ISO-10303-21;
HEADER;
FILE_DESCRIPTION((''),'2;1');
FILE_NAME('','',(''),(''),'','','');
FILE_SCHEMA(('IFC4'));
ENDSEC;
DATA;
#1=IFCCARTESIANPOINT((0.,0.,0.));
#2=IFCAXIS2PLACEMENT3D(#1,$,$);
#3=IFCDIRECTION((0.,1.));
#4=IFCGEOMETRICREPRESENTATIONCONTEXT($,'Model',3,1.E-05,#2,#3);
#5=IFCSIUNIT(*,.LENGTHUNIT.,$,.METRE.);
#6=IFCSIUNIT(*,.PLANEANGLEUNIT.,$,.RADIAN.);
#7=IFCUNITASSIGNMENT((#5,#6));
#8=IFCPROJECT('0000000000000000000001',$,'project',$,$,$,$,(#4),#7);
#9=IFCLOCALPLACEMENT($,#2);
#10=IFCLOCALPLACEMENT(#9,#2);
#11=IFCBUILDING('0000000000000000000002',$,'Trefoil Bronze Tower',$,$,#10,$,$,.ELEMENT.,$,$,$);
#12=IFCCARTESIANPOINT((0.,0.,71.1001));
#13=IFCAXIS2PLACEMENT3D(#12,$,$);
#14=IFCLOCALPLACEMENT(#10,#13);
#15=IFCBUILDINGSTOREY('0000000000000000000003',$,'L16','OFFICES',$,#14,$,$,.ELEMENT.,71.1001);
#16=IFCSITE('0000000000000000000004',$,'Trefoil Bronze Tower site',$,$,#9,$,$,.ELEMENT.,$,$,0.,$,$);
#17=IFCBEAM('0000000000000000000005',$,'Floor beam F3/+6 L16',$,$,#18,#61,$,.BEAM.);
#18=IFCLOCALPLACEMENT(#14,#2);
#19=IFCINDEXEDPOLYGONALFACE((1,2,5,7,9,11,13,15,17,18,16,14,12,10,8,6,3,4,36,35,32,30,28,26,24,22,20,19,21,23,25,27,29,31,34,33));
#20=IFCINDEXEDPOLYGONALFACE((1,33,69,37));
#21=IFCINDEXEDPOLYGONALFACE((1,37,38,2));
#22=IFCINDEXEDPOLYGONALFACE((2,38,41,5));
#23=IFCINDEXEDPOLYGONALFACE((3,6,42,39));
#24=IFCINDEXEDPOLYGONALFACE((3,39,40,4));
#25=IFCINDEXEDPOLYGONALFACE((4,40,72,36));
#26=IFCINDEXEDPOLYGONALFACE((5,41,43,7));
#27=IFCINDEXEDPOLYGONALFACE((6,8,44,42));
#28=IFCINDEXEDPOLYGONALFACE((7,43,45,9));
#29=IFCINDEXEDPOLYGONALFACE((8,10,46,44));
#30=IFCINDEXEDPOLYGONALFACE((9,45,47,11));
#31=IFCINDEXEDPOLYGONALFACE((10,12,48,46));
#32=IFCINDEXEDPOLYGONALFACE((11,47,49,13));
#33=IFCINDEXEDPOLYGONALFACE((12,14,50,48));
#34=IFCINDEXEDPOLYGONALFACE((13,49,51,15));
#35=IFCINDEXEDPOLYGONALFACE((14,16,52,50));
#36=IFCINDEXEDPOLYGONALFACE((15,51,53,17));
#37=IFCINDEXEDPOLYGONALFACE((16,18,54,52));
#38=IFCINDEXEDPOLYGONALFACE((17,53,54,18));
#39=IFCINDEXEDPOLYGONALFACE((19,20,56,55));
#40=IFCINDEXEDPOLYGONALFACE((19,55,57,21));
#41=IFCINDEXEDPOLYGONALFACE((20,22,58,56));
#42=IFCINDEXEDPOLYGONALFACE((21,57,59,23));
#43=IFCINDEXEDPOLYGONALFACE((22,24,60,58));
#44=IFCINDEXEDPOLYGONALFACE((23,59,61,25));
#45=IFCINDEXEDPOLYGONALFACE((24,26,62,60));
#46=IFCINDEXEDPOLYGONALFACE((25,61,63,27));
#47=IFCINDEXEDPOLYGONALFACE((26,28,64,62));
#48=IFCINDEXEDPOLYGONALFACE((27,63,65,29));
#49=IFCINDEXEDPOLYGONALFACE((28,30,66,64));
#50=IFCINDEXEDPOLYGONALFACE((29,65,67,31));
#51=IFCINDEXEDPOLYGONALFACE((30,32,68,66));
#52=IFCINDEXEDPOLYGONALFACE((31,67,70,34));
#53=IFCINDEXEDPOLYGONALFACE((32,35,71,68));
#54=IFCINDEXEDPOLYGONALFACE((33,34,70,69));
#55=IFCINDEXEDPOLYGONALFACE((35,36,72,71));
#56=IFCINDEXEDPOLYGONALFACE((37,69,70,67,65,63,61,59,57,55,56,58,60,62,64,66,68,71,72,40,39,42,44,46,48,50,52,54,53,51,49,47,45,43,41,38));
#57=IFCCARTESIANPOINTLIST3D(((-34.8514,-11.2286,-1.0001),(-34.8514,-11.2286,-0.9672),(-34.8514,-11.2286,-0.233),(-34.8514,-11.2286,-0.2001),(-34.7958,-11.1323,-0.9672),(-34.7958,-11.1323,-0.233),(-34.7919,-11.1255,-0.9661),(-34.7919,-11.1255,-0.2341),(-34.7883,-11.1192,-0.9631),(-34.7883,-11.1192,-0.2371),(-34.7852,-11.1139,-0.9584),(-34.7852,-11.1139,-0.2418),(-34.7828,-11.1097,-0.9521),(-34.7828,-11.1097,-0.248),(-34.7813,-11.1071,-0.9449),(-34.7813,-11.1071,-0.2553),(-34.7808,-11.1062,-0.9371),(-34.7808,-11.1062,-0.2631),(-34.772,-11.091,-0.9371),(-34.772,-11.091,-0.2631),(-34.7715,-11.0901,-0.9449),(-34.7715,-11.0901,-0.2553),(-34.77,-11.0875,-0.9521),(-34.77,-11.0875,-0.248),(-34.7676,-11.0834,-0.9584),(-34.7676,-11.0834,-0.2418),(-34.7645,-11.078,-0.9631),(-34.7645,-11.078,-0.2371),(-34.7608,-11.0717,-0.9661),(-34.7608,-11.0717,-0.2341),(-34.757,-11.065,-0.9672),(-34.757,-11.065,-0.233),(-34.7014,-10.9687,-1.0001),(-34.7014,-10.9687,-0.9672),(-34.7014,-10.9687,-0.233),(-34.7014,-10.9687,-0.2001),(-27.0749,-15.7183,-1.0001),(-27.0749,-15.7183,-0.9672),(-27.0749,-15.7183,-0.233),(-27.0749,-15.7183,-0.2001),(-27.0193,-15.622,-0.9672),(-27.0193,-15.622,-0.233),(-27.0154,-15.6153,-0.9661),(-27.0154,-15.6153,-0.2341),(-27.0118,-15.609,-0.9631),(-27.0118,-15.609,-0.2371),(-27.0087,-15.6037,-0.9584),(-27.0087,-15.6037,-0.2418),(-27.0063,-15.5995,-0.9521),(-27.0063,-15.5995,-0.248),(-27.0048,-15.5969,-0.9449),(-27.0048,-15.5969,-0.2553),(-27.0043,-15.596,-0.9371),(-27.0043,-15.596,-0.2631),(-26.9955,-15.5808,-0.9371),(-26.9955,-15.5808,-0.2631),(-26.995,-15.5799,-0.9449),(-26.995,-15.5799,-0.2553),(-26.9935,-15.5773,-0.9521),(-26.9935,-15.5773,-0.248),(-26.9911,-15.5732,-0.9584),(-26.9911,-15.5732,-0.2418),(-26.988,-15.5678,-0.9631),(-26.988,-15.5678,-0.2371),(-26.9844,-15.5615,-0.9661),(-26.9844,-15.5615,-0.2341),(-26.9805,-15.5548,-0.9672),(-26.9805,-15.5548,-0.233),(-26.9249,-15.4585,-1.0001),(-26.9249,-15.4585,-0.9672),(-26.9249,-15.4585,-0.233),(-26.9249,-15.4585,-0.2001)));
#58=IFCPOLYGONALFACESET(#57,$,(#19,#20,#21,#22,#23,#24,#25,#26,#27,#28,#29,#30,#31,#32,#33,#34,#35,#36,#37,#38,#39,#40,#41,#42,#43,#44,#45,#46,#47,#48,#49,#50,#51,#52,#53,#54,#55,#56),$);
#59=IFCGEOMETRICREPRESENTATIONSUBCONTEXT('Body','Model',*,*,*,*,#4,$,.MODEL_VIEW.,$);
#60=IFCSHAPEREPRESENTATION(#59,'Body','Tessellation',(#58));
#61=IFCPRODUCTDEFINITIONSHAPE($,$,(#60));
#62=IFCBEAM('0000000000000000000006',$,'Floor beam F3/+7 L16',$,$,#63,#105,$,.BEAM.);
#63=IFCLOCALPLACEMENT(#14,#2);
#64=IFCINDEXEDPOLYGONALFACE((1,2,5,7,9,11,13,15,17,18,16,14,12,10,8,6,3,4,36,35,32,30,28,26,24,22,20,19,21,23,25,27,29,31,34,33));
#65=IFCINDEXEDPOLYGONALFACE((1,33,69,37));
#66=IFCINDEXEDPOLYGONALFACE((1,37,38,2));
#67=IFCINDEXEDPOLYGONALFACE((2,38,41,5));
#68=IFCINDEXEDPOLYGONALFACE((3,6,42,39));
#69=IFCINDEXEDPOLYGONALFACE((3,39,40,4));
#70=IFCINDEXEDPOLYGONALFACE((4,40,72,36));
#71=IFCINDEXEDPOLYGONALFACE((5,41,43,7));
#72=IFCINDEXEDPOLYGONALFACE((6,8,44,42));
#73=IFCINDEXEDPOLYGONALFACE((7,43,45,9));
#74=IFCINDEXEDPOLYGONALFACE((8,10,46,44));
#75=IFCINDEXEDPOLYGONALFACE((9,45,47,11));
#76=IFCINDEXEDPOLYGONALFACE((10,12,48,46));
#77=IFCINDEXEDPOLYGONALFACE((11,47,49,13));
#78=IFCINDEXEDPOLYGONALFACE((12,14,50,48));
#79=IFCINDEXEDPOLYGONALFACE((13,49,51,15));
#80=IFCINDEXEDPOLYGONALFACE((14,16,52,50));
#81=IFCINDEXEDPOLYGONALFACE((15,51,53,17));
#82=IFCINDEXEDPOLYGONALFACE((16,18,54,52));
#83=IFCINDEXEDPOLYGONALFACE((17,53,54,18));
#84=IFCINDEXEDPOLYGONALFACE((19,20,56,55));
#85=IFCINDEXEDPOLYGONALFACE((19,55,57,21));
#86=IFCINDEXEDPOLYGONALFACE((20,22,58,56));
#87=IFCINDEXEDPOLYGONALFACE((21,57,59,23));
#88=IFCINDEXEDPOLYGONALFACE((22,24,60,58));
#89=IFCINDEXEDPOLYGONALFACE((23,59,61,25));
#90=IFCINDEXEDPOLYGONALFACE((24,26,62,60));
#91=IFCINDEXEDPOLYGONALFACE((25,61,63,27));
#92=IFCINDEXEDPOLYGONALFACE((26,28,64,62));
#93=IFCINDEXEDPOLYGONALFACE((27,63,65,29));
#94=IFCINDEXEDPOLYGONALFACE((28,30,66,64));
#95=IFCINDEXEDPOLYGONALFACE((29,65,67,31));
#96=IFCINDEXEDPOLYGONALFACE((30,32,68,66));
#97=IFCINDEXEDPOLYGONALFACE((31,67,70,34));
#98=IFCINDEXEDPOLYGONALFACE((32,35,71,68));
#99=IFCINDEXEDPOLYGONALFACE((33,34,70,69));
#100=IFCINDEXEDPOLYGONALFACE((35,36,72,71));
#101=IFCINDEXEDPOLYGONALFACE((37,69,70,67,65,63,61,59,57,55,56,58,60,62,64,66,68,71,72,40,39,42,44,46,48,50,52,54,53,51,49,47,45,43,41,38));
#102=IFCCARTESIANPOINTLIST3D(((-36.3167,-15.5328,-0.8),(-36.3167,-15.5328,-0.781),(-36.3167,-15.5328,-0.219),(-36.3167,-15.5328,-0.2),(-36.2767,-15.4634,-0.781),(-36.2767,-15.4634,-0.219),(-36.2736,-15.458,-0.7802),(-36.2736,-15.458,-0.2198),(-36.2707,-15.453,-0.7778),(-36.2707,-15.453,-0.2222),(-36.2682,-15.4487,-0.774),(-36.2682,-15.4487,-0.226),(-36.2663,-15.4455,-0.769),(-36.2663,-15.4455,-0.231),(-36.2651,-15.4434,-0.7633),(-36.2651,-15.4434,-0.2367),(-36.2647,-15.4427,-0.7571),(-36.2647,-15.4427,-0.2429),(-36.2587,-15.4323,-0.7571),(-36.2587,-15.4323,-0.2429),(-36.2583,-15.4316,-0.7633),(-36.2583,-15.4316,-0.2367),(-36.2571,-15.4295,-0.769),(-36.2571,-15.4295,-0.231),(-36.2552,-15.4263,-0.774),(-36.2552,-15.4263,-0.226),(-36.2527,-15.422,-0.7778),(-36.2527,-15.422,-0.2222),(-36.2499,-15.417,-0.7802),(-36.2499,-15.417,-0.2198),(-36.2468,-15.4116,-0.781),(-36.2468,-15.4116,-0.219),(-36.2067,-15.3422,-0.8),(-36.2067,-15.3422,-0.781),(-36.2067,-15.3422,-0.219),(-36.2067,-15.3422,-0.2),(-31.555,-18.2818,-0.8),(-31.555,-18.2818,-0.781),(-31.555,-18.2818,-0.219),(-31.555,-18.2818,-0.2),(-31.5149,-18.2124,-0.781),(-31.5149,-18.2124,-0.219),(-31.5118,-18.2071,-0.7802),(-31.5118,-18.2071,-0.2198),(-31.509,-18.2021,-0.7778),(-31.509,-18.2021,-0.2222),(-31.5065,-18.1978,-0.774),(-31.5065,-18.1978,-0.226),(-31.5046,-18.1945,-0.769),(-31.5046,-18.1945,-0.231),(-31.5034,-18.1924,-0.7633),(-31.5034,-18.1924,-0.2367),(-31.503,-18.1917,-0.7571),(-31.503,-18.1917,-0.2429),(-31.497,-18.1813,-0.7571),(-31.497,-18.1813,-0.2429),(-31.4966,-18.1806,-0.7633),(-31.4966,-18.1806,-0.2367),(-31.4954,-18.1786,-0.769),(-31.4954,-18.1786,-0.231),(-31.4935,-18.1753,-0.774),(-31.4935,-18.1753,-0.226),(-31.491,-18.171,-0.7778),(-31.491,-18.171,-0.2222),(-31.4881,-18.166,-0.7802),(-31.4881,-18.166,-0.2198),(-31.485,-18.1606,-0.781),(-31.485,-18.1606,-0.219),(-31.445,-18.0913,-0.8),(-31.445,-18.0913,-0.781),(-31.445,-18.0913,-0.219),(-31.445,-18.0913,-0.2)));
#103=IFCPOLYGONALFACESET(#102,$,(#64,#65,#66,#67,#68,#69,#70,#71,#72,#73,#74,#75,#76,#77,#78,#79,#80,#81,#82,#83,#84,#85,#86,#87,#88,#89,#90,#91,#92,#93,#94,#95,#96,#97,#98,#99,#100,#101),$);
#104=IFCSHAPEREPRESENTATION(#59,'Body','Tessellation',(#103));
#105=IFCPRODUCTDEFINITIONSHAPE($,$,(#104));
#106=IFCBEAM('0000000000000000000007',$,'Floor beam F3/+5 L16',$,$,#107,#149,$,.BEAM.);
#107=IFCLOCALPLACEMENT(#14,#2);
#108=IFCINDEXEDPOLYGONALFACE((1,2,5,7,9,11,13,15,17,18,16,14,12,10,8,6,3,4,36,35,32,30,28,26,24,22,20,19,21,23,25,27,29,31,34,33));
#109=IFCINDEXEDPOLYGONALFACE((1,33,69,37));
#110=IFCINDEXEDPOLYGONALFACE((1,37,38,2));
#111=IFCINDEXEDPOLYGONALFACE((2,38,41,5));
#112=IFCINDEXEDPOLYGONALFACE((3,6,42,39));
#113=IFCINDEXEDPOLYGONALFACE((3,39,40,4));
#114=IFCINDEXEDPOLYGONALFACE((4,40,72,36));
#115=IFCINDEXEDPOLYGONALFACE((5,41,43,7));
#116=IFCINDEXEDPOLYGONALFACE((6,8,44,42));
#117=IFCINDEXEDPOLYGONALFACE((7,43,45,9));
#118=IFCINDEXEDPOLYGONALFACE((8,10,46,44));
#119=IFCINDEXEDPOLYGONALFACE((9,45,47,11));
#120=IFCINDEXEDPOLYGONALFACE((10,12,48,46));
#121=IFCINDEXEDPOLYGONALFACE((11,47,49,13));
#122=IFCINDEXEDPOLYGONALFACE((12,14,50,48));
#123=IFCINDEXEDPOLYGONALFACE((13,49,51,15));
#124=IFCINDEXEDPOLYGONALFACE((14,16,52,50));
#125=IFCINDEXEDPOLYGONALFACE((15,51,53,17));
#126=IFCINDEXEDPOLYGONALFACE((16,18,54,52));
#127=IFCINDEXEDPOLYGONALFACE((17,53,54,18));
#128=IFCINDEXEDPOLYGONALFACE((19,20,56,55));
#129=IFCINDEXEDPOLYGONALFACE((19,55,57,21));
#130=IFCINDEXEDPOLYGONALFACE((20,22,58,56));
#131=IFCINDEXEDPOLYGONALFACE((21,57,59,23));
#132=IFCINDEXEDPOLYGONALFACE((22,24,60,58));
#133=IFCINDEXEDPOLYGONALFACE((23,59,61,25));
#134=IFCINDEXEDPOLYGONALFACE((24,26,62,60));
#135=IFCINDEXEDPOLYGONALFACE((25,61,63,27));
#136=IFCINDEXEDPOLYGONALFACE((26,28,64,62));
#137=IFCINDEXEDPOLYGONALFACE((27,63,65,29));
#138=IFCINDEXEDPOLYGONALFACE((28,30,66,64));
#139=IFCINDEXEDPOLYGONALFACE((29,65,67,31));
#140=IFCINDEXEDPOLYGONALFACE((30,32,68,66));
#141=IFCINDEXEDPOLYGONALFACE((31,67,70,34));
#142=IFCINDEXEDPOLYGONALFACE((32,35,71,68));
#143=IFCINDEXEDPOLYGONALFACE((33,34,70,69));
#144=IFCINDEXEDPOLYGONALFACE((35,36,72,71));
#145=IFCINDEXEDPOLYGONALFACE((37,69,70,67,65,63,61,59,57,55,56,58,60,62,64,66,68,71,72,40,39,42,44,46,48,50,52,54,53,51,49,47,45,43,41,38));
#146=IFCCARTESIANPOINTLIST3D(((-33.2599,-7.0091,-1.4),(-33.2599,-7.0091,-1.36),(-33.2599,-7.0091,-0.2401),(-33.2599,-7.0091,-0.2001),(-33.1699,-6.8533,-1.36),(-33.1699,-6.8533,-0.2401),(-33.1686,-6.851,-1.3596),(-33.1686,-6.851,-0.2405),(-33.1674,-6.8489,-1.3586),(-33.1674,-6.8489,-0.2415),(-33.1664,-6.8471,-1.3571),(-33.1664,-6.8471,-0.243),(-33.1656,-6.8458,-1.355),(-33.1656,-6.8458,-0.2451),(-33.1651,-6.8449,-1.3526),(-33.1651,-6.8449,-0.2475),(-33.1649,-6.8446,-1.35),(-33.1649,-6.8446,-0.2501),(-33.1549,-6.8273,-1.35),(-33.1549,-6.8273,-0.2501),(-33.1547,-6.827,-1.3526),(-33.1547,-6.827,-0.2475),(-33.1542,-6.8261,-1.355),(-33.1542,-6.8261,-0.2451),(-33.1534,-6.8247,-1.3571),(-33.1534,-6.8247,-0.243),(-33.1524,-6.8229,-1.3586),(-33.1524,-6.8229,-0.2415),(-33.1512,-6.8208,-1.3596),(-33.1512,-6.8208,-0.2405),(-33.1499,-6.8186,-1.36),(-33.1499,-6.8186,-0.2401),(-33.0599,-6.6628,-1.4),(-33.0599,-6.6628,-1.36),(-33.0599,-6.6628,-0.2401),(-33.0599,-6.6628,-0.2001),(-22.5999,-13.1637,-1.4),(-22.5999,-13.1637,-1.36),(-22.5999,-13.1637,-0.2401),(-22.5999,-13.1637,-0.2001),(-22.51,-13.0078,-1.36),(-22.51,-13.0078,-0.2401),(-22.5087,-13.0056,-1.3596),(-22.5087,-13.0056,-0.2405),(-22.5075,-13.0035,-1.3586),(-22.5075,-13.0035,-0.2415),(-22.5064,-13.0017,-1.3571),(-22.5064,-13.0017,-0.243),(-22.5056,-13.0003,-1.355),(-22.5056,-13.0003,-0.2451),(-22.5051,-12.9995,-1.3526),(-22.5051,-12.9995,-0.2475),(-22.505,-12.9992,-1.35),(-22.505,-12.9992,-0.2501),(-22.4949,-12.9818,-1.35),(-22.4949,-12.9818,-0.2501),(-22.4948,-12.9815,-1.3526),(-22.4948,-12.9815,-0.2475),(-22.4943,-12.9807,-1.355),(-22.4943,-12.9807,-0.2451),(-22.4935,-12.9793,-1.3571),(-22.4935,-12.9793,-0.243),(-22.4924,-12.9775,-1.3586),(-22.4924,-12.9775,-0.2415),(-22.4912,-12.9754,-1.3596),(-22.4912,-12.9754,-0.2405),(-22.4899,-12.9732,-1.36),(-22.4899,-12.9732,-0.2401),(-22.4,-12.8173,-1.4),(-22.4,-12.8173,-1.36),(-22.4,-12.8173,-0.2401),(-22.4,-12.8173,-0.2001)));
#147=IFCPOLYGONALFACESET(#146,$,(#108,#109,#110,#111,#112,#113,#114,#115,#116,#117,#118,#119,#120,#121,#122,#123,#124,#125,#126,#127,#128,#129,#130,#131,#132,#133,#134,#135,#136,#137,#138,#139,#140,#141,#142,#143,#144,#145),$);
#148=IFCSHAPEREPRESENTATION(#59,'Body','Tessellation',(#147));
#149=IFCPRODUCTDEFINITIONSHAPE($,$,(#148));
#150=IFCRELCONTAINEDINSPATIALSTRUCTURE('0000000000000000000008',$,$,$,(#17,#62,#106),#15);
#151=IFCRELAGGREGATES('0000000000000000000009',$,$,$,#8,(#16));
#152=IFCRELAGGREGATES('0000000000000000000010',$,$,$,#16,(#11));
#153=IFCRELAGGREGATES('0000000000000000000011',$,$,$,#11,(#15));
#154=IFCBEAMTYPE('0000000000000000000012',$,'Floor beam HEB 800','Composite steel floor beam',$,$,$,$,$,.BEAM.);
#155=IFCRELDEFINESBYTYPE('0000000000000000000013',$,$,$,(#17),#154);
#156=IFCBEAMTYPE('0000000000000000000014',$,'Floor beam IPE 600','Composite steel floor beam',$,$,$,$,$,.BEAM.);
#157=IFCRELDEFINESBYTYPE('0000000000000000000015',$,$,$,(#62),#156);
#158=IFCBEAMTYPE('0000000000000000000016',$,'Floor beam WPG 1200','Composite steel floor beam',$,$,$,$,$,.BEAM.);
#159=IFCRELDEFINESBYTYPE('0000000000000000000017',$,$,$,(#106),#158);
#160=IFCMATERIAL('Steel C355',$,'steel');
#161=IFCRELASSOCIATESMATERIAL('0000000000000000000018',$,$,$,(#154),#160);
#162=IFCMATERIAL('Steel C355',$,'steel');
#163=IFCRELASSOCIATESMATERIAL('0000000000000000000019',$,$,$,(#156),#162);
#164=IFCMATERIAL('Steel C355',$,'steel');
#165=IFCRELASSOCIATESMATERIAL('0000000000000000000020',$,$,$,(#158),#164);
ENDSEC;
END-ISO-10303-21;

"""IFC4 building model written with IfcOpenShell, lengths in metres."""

from ifc_helpers import new_model, si_unit, direction, frame, origin, origin_2d, place, context, subcontext, project, spatial, i_section, extrude, material, material_profile, profile_set, type_object, element, save


model = new_model("IFC4")

# Units and contexts
model_context = context("Model", 3, precision=1e-05, world=origin(), true_north=direction((0.0, 1.0)))
body_context = subcontext(model_context, "Body", "Model", "MODEL_VIEW")
ifc_project = project(units=[si_unit("LENGTHUNIT", "METRE"), si_unit("PLANEANGLEUNIT", "RADIAN")], contexts=[model_context])

# Site, building, storey
site_placement = place(None, origin())
site = spatial("IfcSite", under=ifc_project, at=site_placement, Name="Trefoil Bronze Tower site", CompositionType="ELEMENT", RefElevation=0.0)
building_placement = place(site_placement, origin())
building = spatial("IfcBuilding", under=site, at=building_placement, Name="Trefoil Bronze Tower", CompositionType="ELEMENT")
storey_placement = place(building_placement, frame((0.0, 0.0, 71.1001)))
storey = spatial("IfcBuildingStorey", under=building, at=storey_placement, Name="L16", Description="OFFICES", CompositionType="ELEMENT", Elevation=71.1001)

# Beams
ifc_material_1 = material(Name="Steel C355", Category="steel")
ifc_material_profile_1 = material_profile(ifc_material_1, i_section(OverallWidth=0.3, OverallDepth=0.8, WebThickness=0.0176, FlangeThickness=0.033, FilletRadius=0.03, at=origin_2d()), Name="HEB 800")
ifc_profile_set_1 = profile_set([ifc_material_profile_1], Name="Steel C355")
beam_type_1 = type_object("IfcBeamType", Name="Floor beam HEB 800", Description="Composite steel floor beam", PredefinedType="BEAM", material=ifc_profile_set_1)
beam_1_placement = place(storey_placement, frame((-34.7764, -11.0986, -0.6001), z_axis=(0.866023, -0.500005, 0.0), x_axis=(0.500005, 0.866023, 0.0)))
element("IfcBeam", 1, at=beam_1_placement, inside=storey, type_object=beam_type_1, Name="Floor beam F3/+6 L16", PredefinedType="BEAM", context=body_context, shape_type="SweptSolid", body=[
    extrude(i_section(OverallWidth=0.3, OverallDepth=0.8, WebThickness=0.0176, FlangeThickness=0.033, FilletRadius=0.03, at=origin_2d()), origin(), (0.0, 0.0, 1.0), 8.9795),
])
ifc_material_2 = material(Name="Steel C355", Category="steel")
ifc_material_profile_2 = material_profile(ifc_material_2, i_section(OverallWidth=0.22, OverallDepth=0.6001, WebThickness=0.012, FlangeThickness=0.019, FilletRadius=0.0239, at=origin_2d()), Name="IPE 600")
ifc_profile_set_2 = profile_set([ifc_material_profile_2], Name="Steel C355")
beam_type_2 = type_object("IfcBeamType", Name="Floor beam IPE 600", Description="Composite steel floor beam", PredefinedType="BEAM", material=ifc_profile_set_2)
beam_2_placement = place(storey_placement, frame((-36.2617, -15.4375, -0.5), z_axis=(0.866038, -0.499979, 0.0), x_axis=(0.499979, 0.866038, 0.0)))
element("IfcBeam", 2, at=beam_2_placement, inside=storey, type_object=beam_type_2, Name="Floor beam F3/+7 L16", PredefinedType="BEAM", context=body_context, shape_type="SweptSolid", body=[
    extrude(i_section(OverallWidth=0.22, OverallDepth=0.6001, WebThickness=0.012, FlangeThickness=0.019, FilletRadius=0.0239, at=origin_2d()), origin(), (0.0, 0.0, 1.0), 5.4983),
])
ifc_material_3 = material(Name="Steel C355", Category="steel")
ifc_material_profile_3 = material_profile(ifc_material_3, i_section(OverallWidth=0.3999, OverallDepth=1.2, WebThickness=0.02, FlangeThickness=0.04, FilletRadius=0.01, at=origin_2d()), Name="WPG 1200")
ifc_profile_set_3 = profile_set([ifc_material_profile_3], Name="Steel C355")
beam_type_3 = type_object("IfcBeamType", Name="Floor beam WPG 1200", Description="Composite steel floor beam", PredefinedType="BEAM", material=ifc_profile_set_3)
beam_3_placement = place(storey_placement, frame((-33.1599, -6.8359, -0.8), z_axis=(0.866024, -0.500002, 0.0), x_axis=(0.500002, 0.866024, 0.0)))
element("IfcBeam", 3, at=beam_3_placement, inside=storey, type_object=beam_type_3, Name="Floor beam F3/+5 L16", PredefinedType="BEAM", context=body_context, shape_type="SweptSolid", body=[
    extrude(i_section(OverallWidth=0.3999, OverallDepth=1.2, WebThickness=0.02, FlangeThickness=0.04, FilletRadius=0.01, at=origin_2d()), origin(), (0.0, 0.0, 1.0), 12.3091),
])

save(model, "model.ifc")
